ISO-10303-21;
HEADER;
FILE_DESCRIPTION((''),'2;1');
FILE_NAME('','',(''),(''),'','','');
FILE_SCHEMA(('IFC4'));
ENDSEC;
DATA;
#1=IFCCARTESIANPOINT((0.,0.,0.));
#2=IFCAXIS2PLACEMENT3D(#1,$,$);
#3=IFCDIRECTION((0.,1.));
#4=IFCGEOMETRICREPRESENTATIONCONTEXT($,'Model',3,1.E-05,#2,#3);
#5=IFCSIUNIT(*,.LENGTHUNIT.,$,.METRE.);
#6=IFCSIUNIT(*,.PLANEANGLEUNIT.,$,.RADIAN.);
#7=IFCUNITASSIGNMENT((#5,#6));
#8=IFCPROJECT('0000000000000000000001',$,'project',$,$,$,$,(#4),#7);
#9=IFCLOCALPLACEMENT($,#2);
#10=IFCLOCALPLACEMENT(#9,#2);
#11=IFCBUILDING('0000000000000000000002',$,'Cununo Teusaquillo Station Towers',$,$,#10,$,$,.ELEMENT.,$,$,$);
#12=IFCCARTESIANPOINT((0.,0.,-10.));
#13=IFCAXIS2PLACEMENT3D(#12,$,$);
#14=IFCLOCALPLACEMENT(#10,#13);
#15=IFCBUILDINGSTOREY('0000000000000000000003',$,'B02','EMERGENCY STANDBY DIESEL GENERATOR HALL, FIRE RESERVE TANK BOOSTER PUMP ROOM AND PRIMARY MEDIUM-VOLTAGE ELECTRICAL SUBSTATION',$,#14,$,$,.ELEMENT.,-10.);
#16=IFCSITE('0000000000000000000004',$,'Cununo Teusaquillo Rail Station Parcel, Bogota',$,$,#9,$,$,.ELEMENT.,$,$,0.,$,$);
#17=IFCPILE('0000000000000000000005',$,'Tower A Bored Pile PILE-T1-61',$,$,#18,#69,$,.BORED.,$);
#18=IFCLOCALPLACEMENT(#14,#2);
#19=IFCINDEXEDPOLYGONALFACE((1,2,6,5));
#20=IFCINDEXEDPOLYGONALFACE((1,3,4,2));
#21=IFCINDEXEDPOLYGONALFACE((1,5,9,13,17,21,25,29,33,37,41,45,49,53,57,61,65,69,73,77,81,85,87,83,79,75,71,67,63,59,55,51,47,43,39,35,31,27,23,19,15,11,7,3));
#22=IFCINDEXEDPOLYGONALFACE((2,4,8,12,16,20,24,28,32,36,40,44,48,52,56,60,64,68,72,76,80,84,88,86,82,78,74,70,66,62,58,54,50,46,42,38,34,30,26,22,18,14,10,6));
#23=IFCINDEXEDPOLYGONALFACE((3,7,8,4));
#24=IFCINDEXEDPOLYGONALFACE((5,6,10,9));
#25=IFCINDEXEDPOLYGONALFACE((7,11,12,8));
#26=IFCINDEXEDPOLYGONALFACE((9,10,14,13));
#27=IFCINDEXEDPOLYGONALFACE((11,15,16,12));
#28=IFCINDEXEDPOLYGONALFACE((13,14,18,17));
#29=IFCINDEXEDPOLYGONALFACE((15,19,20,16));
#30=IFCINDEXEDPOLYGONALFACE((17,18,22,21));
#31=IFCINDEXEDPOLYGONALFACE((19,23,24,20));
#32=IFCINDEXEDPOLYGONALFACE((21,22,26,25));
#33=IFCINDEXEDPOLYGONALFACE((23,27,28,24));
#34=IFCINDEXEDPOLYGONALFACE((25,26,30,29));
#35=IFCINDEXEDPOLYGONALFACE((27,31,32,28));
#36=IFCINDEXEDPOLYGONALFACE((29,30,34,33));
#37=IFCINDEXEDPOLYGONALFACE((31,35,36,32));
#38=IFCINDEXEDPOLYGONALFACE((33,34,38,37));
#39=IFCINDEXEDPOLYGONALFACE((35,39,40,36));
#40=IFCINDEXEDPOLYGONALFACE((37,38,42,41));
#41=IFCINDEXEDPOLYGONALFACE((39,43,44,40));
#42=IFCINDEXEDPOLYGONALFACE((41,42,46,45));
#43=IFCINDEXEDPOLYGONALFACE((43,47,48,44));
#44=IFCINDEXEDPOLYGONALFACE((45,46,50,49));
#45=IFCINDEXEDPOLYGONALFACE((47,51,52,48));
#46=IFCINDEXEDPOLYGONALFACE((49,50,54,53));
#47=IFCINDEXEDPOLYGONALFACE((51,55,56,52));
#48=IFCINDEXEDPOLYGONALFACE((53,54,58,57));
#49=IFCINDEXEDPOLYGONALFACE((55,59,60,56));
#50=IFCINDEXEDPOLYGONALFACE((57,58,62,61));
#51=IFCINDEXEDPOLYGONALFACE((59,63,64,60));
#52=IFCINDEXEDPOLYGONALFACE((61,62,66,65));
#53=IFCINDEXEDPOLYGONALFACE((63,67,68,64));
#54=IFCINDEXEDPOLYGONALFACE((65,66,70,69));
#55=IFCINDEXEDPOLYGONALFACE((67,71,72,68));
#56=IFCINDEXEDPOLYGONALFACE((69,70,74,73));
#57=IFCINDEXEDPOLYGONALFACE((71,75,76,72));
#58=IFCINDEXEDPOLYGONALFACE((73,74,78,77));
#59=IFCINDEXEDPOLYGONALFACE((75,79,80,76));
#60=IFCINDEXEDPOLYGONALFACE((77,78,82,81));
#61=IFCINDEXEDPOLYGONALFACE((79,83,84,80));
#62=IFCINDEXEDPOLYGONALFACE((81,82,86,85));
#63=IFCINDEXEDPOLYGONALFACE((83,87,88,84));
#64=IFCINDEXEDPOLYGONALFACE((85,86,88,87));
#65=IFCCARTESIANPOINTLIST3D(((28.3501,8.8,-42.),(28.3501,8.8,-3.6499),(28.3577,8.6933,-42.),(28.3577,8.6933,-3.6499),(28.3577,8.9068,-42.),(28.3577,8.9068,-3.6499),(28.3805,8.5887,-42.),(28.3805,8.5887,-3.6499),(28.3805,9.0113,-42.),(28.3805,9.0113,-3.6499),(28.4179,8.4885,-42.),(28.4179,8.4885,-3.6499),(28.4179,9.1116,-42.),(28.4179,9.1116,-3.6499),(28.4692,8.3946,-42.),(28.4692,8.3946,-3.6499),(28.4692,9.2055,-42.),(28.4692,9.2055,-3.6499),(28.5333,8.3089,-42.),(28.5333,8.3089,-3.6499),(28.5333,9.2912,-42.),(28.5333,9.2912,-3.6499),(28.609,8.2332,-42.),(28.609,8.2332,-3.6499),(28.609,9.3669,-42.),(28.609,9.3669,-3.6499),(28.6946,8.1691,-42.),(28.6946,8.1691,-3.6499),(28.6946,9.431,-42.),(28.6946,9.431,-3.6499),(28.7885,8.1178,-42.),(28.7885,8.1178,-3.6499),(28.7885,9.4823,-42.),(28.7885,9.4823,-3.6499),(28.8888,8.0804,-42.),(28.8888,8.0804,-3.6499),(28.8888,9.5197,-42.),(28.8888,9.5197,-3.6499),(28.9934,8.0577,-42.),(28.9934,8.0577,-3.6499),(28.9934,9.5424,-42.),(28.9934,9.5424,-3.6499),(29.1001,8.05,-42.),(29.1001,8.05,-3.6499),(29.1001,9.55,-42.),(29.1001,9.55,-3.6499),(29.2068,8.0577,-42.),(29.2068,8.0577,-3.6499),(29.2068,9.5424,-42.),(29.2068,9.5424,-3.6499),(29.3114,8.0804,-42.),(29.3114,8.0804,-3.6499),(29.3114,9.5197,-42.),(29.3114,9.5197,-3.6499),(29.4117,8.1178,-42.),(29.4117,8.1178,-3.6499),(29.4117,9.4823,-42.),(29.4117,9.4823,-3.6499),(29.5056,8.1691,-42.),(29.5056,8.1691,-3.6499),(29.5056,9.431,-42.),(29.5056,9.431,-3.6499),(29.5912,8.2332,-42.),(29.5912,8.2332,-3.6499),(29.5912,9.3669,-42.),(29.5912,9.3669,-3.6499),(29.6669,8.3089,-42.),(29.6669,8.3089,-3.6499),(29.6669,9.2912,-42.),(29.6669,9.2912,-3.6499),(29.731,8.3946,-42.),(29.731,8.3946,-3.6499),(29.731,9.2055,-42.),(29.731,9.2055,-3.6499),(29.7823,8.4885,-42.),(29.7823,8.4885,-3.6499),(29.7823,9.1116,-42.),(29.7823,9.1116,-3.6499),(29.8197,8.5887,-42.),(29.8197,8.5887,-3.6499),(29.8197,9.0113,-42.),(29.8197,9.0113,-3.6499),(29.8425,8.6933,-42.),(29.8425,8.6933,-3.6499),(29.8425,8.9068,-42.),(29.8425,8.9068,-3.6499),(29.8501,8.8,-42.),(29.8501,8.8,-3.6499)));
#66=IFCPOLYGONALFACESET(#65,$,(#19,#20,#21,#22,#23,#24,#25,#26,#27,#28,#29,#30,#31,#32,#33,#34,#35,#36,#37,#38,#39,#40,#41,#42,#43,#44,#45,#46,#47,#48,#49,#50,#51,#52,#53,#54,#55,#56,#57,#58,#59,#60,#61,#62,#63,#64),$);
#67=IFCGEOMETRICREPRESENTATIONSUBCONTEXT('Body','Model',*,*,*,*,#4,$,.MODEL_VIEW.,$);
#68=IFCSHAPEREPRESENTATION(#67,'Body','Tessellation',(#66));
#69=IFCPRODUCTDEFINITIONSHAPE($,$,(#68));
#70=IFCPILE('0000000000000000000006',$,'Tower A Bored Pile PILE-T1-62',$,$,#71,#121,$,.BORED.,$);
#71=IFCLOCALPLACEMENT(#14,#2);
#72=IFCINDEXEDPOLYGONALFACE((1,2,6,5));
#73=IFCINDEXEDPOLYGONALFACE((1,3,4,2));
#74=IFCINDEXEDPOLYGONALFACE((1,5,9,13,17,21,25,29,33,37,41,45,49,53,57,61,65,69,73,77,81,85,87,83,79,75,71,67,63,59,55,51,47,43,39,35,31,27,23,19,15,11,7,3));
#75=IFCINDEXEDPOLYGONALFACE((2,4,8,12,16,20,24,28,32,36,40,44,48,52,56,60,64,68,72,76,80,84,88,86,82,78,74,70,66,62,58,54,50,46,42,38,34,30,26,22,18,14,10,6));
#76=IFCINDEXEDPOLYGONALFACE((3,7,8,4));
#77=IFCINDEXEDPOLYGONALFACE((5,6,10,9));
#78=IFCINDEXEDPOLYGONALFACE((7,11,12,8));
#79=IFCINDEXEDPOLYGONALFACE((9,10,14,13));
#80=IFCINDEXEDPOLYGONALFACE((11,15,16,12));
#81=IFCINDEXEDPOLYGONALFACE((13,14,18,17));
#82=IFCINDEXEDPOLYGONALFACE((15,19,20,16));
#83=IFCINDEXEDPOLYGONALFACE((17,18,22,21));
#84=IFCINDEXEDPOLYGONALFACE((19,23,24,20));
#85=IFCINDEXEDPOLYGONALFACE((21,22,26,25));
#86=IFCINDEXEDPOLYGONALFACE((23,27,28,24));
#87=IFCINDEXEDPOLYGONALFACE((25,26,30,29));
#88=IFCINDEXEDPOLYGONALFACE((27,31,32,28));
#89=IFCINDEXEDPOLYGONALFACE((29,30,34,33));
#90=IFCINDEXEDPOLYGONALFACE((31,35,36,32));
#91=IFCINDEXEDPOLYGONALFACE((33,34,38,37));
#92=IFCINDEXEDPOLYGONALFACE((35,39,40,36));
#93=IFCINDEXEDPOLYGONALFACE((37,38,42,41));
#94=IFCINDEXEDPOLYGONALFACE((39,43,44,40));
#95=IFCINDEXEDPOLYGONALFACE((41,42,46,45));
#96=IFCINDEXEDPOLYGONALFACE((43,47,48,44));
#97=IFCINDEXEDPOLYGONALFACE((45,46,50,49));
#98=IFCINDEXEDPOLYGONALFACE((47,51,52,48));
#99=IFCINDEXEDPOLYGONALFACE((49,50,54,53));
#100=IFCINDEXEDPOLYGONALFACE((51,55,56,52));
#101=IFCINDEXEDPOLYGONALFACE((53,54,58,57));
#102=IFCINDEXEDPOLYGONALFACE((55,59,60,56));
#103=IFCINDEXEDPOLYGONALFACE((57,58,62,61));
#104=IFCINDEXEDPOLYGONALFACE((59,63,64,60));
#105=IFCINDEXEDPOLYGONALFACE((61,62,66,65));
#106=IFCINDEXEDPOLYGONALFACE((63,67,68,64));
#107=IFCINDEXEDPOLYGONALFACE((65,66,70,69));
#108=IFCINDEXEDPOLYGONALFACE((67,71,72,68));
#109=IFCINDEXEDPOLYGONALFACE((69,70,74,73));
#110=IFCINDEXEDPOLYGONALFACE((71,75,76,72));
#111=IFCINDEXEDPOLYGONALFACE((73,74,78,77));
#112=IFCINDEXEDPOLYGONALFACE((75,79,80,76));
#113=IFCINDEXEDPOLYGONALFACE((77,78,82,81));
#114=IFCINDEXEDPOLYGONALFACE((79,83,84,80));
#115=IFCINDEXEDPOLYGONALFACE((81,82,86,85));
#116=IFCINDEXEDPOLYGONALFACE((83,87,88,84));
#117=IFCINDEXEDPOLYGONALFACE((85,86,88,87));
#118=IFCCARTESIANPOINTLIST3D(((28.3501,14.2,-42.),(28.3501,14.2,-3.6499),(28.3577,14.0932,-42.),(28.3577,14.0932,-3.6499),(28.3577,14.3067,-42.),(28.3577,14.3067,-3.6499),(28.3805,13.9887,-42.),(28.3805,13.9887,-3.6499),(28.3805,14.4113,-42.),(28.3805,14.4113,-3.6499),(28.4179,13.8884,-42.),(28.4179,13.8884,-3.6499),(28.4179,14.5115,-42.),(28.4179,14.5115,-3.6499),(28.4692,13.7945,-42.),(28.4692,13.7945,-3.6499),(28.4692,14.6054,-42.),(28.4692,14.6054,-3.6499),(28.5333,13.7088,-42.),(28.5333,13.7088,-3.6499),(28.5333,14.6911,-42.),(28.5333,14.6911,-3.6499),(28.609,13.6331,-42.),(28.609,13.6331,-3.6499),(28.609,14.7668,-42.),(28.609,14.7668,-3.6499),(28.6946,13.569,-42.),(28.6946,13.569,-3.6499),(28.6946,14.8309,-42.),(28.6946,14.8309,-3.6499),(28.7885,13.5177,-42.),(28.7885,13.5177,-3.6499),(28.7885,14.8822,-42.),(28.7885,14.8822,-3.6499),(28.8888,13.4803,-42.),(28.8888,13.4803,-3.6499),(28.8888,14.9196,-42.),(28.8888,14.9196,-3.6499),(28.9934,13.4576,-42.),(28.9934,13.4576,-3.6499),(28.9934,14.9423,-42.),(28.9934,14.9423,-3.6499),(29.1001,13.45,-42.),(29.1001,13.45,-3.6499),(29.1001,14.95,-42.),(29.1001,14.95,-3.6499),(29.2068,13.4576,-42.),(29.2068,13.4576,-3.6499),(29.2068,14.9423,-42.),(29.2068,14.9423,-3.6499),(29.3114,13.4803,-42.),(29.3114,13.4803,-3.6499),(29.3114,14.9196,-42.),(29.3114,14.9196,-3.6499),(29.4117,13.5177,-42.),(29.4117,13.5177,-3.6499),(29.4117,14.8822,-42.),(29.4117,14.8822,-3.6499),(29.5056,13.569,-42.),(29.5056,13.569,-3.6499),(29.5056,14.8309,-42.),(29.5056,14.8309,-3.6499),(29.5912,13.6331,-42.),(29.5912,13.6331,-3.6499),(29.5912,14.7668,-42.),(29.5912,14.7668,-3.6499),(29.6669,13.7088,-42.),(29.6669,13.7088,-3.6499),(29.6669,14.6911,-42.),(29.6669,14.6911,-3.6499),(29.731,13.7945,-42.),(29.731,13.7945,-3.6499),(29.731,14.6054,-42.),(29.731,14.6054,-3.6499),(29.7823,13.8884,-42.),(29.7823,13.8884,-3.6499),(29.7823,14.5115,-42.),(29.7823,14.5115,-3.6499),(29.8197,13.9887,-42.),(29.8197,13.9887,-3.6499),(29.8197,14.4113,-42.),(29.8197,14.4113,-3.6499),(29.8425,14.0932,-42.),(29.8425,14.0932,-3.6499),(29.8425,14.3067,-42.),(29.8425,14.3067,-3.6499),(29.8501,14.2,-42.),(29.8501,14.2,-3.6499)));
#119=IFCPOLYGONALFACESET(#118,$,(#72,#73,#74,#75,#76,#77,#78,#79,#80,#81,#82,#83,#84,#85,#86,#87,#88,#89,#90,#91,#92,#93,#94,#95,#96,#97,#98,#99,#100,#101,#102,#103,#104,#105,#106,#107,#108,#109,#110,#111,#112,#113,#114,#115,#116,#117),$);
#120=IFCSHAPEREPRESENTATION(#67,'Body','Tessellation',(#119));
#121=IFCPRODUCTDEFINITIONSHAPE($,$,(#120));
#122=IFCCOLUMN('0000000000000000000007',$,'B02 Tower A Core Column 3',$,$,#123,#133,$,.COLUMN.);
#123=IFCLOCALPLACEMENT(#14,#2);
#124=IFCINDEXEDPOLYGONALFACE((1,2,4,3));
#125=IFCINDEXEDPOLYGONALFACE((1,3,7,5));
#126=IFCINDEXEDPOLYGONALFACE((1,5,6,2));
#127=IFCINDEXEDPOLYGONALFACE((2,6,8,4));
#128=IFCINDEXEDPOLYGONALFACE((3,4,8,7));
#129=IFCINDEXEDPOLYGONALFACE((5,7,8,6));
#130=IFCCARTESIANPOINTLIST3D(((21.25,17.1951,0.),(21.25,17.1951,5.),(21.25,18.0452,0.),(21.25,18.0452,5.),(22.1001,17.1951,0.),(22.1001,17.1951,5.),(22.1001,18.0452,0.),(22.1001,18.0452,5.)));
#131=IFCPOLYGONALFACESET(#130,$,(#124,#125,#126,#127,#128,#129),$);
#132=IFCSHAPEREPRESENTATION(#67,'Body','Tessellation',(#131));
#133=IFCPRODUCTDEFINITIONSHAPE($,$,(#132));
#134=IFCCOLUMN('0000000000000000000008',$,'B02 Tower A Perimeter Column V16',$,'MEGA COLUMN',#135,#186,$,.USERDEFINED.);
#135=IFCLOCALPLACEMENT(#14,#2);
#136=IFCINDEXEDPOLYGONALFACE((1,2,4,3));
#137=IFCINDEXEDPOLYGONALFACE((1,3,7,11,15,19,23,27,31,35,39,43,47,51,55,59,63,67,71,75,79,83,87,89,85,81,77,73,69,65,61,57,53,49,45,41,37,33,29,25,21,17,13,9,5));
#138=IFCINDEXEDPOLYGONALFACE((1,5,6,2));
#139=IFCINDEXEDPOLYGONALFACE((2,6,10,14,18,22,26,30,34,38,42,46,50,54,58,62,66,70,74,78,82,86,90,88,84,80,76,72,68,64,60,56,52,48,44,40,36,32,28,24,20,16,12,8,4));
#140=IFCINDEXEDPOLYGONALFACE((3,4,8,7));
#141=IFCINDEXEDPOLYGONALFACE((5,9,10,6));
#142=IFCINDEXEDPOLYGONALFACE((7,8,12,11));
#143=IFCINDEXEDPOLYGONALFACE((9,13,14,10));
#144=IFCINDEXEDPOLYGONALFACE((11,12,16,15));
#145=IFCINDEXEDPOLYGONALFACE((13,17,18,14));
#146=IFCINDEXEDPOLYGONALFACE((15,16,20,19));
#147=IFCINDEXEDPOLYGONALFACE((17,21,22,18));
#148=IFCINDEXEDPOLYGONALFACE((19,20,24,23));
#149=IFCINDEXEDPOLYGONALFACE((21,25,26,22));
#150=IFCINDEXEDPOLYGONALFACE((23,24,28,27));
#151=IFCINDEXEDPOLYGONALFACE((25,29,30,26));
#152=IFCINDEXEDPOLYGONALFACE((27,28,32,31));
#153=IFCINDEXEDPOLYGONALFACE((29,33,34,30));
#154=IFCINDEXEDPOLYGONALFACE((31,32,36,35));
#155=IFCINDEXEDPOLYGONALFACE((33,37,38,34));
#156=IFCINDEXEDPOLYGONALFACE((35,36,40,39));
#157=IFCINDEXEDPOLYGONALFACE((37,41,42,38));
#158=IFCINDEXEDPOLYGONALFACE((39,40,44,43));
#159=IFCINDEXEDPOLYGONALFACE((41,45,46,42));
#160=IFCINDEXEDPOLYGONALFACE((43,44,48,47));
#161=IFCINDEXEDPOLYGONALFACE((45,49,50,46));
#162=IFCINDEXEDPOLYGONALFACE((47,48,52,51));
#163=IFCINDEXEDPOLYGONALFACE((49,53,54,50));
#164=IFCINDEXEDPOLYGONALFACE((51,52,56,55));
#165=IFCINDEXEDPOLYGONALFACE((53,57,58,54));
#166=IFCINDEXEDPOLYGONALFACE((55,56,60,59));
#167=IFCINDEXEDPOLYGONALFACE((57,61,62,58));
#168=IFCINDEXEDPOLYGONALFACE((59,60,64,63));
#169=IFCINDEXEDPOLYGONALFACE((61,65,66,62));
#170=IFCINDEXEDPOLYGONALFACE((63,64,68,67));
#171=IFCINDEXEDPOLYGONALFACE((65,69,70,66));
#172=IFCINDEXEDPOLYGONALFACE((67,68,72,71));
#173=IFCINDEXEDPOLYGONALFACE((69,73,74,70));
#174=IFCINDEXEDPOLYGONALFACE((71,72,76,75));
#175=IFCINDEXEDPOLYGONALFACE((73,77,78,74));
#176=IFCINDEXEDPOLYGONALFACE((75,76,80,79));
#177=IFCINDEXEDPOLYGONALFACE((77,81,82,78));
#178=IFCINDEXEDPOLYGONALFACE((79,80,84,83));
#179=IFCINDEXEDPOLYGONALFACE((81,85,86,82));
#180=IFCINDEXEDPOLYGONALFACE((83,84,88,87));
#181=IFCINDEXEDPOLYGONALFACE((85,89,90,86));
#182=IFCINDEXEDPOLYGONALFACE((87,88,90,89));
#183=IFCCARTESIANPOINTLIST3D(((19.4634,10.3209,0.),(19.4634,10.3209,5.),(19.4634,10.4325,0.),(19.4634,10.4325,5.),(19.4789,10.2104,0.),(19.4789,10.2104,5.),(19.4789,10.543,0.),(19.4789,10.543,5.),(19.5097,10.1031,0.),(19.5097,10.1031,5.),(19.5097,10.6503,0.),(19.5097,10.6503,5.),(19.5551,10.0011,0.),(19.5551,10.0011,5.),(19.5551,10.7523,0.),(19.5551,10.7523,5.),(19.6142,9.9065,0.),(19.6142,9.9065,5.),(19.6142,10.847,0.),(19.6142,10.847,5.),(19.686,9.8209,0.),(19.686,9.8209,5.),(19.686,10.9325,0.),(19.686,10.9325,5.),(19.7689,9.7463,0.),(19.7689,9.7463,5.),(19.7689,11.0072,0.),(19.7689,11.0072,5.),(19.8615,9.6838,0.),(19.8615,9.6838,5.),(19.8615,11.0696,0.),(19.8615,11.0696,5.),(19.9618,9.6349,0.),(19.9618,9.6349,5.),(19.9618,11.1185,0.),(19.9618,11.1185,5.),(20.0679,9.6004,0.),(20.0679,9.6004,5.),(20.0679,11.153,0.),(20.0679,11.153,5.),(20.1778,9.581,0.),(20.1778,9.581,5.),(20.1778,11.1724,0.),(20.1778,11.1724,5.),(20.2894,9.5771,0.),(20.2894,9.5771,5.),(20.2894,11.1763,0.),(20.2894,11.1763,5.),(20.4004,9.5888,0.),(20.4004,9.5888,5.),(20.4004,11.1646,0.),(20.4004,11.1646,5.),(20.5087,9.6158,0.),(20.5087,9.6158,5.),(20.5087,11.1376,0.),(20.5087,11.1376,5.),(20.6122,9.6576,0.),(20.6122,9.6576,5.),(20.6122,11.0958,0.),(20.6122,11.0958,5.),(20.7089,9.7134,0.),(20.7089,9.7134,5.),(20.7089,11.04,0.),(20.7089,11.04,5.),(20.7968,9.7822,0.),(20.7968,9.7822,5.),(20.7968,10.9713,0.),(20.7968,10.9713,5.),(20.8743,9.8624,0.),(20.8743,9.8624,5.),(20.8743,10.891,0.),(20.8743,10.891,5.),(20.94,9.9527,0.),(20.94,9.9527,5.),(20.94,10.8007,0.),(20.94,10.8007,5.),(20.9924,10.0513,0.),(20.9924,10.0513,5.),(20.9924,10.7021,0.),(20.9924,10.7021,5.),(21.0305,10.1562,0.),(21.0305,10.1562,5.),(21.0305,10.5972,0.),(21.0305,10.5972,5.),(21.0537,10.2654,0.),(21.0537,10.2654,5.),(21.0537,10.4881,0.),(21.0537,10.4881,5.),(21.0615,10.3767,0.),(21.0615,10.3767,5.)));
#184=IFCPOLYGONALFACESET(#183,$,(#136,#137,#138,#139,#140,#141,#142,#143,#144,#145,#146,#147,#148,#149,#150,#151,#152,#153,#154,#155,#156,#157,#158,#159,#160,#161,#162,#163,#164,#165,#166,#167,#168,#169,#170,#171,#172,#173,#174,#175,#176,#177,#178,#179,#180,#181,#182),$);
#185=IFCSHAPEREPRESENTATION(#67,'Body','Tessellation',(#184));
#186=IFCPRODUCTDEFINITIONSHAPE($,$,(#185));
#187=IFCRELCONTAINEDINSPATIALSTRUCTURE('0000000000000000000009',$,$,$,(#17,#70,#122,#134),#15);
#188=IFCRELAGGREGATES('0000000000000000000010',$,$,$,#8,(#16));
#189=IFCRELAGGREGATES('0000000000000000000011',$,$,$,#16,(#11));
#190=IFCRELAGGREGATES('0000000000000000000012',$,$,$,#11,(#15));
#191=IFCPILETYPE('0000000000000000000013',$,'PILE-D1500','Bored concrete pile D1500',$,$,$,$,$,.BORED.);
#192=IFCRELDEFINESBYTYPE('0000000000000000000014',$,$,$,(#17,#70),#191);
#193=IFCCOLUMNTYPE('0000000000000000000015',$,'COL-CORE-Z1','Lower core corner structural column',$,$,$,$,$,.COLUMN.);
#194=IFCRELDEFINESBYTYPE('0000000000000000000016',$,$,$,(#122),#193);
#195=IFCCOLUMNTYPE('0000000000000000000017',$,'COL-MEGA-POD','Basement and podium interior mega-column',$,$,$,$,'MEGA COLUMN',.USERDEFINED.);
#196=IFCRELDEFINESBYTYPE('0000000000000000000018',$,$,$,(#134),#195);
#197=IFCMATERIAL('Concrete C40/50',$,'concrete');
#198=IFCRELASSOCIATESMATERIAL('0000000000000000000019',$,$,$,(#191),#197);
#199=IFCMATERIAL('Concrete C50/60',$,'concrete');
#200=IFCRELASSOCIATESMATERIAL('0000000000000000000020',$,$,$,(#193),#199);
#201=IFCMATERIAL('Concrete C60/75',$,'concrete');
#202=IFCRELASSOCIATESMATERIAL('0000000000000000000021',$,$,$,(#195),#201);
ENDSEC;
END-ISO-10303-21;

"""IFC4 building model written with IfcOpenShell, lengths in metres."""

from ifc_helpers import new_model, si_unit, direction, frame, origin, origin_2d, place, context, subcontext, project, spatial, rectangle, circle, extrude, material, material_profile, profile_set, type_object, element, save


model = new_model("IFC4")

# Units and contexts
model_context = context("Model", 3, precision=1e-05, world=origin(), true_north=direction((0.0, 1.0)))
body_context = subcontext(model_context, "Body", "Model", "MODEL_VIEW")
ifc_project = project(units=[si_unit("LENGTHUNIT", "METRE"), si_unit("PLANEANGLEUNIT", "RADIAN")], contexts=[model_context])

# Site, building, storey
site_placement = place(None, origin())
site = spatial("IfcSite", under=ifc_project, at=site_placement, Name="Cununo Teusaquillo Rail Station Parcel, Bogota", CompositionType="ELEMENT", RefElevation=0.0)
building_placement = place(site_placement, origin())
building = spatial("IfcBuilding", under=site, at=building_placement, Name="Cununo Teusaquillo Station Towers", CompositionType="ELEMENT")
storey_placement = place(building_placement, frame((0.0, 0.0, -10.0)))
storey = spatial("IfcBuildingStorey", under=building, at=storey_placement, Name="B02", Description="EMERGENCY STANDBY DIESEL GENERATOR HALL, FIRE RESERVE TANK BOOSTER PUMP ROOM AND PRIMARY MEDIUM-VOLTAGE ELECTRICAL SUBSTATION", CompositionType="ELEMENT", Elevation=-10.0)

# Piles
ifc_material_1 = material(Name="Concrete C40/50", Category="concrete")
ifc_material_profile_1 = material_profile(ifc_material_1, circle(Radius=0.75, at=origin_2d()), Name="PILE-BORED-1500")
ifc_profile_set_1 = profile_set([ifc_material_profile_1], Name="Concrete C40/50")
pile_type = type_object("IfcPileType", Name="PILE-D1500", Description="Bored concrete pile D1500", PredefinedType="BORED", material=ifc_profile_set_1)
for number, where, z_axis, x_axis, name in (
    (1, (29.1001, 8.8, -3.6499), (0.0, 0.0, -1.0), (1.0, 0.0, 0.0), "Tower A Bored Pile PILE-T1-61"),
    (2, (29.1001, 14.2, -3.6499), (0.0, 0.0, -1.0), (1.0, 0.0, 0.0), "Tower A Bored Pile PILE-T1-62"),
):
    element("IfcPile", number, at=place(storey_placement, frame(where, z_axis=z_axis, x_axis=x_axis)), inside=storey, type_object=pile_type, Name=name, PredefinedType="BORED", context=body_context, shape_type="SweptSolid", body=[
        extrude(circle(Radius=0.75, at=origin_2d()), origin(), (0.0, 0.0, 1.0), 38.3501),
    ])

# Columns
ifc_material_2 = material(Name="Concrete C50/60", Category="concrete")
ifc_material_profile_2 = material_profile(ifc_material_2, rectangle(XDim=0.8501, YDim=0.8501, at=origin_2d()), Name="RC-RECT-850x850")
ifc_profile_set_2 = profile_set([ifc_material_profile_2], Name="Concrete C50/60")
column_type_1 = type_object("IfcColumnType", Name="COL-CORE-Z1", Description="Lower core corner structural column", PredefinedType="COLUMN", material=ifc_profile_set_2)
column_placement = place(storey_placement, frame((21.675, 17.6201, 0.0), z_axis=(0.0, 0.0, 1.0), x_axis=(1.0, 0.0, 0.0)))
element("IfcColumn", 3, at=column_placement, inside=storey, type_object=column_type_1, Name="B02 Tower A Core Column 3", PredefinedType="COLUMN", context=body_context, shape_type="SweptSolid", body=[
    extrude(rectangle(XDim=0.8501, YDim=0.8501, at=origin_2d()), origin(), (0.0, 0.0, 1.0), 5.0),
])
ifc_material_3 = material(Name="Concrete C60/75", Category="concrete")
ifc_material_profile_3 = material_profile(ifc_material_3, circle(Radius=0.8, at=origin_2d()), Name="RC-CIRC-1600")
ifc_profile_set_3 = profile_set([ifc_material_profile_3], Name="Concrete C60/75")
column_type_2 = type_object("IfcColumnType", Name="COL-MEGA-POD", Description="Basement and podium interior mega-column", ElementType="MEGA COLUMN", PredefinedType="USERDEFINED", material=ifc_profile_set_3)
for number, where, z_axis, x_axis, name in (
    (4, (20.2615, 10.3767, 0.0), (0.0, 0.0, 1.0), (1.0, 0.0, 0.0), "B02 Tower A Perimeter Column V16"),
):
    element("IfcColumn", number, at=place(storey_placement, frame(where, z_axis=z_axis, x_axis=x_axis)), inside=storey, type_object=column_type_2, Name=name, ObjectType="MEGA COLUMN", PredefinedType="USERDEFINED", context=body_context, shape_type="SweptSolid", body=[
        extrude(circle(Radius=0.8, at=origin_2d()), origin(), (0.0, 0.0, 1.0), 5.0),
    ])

save(model, "model.ifc")
